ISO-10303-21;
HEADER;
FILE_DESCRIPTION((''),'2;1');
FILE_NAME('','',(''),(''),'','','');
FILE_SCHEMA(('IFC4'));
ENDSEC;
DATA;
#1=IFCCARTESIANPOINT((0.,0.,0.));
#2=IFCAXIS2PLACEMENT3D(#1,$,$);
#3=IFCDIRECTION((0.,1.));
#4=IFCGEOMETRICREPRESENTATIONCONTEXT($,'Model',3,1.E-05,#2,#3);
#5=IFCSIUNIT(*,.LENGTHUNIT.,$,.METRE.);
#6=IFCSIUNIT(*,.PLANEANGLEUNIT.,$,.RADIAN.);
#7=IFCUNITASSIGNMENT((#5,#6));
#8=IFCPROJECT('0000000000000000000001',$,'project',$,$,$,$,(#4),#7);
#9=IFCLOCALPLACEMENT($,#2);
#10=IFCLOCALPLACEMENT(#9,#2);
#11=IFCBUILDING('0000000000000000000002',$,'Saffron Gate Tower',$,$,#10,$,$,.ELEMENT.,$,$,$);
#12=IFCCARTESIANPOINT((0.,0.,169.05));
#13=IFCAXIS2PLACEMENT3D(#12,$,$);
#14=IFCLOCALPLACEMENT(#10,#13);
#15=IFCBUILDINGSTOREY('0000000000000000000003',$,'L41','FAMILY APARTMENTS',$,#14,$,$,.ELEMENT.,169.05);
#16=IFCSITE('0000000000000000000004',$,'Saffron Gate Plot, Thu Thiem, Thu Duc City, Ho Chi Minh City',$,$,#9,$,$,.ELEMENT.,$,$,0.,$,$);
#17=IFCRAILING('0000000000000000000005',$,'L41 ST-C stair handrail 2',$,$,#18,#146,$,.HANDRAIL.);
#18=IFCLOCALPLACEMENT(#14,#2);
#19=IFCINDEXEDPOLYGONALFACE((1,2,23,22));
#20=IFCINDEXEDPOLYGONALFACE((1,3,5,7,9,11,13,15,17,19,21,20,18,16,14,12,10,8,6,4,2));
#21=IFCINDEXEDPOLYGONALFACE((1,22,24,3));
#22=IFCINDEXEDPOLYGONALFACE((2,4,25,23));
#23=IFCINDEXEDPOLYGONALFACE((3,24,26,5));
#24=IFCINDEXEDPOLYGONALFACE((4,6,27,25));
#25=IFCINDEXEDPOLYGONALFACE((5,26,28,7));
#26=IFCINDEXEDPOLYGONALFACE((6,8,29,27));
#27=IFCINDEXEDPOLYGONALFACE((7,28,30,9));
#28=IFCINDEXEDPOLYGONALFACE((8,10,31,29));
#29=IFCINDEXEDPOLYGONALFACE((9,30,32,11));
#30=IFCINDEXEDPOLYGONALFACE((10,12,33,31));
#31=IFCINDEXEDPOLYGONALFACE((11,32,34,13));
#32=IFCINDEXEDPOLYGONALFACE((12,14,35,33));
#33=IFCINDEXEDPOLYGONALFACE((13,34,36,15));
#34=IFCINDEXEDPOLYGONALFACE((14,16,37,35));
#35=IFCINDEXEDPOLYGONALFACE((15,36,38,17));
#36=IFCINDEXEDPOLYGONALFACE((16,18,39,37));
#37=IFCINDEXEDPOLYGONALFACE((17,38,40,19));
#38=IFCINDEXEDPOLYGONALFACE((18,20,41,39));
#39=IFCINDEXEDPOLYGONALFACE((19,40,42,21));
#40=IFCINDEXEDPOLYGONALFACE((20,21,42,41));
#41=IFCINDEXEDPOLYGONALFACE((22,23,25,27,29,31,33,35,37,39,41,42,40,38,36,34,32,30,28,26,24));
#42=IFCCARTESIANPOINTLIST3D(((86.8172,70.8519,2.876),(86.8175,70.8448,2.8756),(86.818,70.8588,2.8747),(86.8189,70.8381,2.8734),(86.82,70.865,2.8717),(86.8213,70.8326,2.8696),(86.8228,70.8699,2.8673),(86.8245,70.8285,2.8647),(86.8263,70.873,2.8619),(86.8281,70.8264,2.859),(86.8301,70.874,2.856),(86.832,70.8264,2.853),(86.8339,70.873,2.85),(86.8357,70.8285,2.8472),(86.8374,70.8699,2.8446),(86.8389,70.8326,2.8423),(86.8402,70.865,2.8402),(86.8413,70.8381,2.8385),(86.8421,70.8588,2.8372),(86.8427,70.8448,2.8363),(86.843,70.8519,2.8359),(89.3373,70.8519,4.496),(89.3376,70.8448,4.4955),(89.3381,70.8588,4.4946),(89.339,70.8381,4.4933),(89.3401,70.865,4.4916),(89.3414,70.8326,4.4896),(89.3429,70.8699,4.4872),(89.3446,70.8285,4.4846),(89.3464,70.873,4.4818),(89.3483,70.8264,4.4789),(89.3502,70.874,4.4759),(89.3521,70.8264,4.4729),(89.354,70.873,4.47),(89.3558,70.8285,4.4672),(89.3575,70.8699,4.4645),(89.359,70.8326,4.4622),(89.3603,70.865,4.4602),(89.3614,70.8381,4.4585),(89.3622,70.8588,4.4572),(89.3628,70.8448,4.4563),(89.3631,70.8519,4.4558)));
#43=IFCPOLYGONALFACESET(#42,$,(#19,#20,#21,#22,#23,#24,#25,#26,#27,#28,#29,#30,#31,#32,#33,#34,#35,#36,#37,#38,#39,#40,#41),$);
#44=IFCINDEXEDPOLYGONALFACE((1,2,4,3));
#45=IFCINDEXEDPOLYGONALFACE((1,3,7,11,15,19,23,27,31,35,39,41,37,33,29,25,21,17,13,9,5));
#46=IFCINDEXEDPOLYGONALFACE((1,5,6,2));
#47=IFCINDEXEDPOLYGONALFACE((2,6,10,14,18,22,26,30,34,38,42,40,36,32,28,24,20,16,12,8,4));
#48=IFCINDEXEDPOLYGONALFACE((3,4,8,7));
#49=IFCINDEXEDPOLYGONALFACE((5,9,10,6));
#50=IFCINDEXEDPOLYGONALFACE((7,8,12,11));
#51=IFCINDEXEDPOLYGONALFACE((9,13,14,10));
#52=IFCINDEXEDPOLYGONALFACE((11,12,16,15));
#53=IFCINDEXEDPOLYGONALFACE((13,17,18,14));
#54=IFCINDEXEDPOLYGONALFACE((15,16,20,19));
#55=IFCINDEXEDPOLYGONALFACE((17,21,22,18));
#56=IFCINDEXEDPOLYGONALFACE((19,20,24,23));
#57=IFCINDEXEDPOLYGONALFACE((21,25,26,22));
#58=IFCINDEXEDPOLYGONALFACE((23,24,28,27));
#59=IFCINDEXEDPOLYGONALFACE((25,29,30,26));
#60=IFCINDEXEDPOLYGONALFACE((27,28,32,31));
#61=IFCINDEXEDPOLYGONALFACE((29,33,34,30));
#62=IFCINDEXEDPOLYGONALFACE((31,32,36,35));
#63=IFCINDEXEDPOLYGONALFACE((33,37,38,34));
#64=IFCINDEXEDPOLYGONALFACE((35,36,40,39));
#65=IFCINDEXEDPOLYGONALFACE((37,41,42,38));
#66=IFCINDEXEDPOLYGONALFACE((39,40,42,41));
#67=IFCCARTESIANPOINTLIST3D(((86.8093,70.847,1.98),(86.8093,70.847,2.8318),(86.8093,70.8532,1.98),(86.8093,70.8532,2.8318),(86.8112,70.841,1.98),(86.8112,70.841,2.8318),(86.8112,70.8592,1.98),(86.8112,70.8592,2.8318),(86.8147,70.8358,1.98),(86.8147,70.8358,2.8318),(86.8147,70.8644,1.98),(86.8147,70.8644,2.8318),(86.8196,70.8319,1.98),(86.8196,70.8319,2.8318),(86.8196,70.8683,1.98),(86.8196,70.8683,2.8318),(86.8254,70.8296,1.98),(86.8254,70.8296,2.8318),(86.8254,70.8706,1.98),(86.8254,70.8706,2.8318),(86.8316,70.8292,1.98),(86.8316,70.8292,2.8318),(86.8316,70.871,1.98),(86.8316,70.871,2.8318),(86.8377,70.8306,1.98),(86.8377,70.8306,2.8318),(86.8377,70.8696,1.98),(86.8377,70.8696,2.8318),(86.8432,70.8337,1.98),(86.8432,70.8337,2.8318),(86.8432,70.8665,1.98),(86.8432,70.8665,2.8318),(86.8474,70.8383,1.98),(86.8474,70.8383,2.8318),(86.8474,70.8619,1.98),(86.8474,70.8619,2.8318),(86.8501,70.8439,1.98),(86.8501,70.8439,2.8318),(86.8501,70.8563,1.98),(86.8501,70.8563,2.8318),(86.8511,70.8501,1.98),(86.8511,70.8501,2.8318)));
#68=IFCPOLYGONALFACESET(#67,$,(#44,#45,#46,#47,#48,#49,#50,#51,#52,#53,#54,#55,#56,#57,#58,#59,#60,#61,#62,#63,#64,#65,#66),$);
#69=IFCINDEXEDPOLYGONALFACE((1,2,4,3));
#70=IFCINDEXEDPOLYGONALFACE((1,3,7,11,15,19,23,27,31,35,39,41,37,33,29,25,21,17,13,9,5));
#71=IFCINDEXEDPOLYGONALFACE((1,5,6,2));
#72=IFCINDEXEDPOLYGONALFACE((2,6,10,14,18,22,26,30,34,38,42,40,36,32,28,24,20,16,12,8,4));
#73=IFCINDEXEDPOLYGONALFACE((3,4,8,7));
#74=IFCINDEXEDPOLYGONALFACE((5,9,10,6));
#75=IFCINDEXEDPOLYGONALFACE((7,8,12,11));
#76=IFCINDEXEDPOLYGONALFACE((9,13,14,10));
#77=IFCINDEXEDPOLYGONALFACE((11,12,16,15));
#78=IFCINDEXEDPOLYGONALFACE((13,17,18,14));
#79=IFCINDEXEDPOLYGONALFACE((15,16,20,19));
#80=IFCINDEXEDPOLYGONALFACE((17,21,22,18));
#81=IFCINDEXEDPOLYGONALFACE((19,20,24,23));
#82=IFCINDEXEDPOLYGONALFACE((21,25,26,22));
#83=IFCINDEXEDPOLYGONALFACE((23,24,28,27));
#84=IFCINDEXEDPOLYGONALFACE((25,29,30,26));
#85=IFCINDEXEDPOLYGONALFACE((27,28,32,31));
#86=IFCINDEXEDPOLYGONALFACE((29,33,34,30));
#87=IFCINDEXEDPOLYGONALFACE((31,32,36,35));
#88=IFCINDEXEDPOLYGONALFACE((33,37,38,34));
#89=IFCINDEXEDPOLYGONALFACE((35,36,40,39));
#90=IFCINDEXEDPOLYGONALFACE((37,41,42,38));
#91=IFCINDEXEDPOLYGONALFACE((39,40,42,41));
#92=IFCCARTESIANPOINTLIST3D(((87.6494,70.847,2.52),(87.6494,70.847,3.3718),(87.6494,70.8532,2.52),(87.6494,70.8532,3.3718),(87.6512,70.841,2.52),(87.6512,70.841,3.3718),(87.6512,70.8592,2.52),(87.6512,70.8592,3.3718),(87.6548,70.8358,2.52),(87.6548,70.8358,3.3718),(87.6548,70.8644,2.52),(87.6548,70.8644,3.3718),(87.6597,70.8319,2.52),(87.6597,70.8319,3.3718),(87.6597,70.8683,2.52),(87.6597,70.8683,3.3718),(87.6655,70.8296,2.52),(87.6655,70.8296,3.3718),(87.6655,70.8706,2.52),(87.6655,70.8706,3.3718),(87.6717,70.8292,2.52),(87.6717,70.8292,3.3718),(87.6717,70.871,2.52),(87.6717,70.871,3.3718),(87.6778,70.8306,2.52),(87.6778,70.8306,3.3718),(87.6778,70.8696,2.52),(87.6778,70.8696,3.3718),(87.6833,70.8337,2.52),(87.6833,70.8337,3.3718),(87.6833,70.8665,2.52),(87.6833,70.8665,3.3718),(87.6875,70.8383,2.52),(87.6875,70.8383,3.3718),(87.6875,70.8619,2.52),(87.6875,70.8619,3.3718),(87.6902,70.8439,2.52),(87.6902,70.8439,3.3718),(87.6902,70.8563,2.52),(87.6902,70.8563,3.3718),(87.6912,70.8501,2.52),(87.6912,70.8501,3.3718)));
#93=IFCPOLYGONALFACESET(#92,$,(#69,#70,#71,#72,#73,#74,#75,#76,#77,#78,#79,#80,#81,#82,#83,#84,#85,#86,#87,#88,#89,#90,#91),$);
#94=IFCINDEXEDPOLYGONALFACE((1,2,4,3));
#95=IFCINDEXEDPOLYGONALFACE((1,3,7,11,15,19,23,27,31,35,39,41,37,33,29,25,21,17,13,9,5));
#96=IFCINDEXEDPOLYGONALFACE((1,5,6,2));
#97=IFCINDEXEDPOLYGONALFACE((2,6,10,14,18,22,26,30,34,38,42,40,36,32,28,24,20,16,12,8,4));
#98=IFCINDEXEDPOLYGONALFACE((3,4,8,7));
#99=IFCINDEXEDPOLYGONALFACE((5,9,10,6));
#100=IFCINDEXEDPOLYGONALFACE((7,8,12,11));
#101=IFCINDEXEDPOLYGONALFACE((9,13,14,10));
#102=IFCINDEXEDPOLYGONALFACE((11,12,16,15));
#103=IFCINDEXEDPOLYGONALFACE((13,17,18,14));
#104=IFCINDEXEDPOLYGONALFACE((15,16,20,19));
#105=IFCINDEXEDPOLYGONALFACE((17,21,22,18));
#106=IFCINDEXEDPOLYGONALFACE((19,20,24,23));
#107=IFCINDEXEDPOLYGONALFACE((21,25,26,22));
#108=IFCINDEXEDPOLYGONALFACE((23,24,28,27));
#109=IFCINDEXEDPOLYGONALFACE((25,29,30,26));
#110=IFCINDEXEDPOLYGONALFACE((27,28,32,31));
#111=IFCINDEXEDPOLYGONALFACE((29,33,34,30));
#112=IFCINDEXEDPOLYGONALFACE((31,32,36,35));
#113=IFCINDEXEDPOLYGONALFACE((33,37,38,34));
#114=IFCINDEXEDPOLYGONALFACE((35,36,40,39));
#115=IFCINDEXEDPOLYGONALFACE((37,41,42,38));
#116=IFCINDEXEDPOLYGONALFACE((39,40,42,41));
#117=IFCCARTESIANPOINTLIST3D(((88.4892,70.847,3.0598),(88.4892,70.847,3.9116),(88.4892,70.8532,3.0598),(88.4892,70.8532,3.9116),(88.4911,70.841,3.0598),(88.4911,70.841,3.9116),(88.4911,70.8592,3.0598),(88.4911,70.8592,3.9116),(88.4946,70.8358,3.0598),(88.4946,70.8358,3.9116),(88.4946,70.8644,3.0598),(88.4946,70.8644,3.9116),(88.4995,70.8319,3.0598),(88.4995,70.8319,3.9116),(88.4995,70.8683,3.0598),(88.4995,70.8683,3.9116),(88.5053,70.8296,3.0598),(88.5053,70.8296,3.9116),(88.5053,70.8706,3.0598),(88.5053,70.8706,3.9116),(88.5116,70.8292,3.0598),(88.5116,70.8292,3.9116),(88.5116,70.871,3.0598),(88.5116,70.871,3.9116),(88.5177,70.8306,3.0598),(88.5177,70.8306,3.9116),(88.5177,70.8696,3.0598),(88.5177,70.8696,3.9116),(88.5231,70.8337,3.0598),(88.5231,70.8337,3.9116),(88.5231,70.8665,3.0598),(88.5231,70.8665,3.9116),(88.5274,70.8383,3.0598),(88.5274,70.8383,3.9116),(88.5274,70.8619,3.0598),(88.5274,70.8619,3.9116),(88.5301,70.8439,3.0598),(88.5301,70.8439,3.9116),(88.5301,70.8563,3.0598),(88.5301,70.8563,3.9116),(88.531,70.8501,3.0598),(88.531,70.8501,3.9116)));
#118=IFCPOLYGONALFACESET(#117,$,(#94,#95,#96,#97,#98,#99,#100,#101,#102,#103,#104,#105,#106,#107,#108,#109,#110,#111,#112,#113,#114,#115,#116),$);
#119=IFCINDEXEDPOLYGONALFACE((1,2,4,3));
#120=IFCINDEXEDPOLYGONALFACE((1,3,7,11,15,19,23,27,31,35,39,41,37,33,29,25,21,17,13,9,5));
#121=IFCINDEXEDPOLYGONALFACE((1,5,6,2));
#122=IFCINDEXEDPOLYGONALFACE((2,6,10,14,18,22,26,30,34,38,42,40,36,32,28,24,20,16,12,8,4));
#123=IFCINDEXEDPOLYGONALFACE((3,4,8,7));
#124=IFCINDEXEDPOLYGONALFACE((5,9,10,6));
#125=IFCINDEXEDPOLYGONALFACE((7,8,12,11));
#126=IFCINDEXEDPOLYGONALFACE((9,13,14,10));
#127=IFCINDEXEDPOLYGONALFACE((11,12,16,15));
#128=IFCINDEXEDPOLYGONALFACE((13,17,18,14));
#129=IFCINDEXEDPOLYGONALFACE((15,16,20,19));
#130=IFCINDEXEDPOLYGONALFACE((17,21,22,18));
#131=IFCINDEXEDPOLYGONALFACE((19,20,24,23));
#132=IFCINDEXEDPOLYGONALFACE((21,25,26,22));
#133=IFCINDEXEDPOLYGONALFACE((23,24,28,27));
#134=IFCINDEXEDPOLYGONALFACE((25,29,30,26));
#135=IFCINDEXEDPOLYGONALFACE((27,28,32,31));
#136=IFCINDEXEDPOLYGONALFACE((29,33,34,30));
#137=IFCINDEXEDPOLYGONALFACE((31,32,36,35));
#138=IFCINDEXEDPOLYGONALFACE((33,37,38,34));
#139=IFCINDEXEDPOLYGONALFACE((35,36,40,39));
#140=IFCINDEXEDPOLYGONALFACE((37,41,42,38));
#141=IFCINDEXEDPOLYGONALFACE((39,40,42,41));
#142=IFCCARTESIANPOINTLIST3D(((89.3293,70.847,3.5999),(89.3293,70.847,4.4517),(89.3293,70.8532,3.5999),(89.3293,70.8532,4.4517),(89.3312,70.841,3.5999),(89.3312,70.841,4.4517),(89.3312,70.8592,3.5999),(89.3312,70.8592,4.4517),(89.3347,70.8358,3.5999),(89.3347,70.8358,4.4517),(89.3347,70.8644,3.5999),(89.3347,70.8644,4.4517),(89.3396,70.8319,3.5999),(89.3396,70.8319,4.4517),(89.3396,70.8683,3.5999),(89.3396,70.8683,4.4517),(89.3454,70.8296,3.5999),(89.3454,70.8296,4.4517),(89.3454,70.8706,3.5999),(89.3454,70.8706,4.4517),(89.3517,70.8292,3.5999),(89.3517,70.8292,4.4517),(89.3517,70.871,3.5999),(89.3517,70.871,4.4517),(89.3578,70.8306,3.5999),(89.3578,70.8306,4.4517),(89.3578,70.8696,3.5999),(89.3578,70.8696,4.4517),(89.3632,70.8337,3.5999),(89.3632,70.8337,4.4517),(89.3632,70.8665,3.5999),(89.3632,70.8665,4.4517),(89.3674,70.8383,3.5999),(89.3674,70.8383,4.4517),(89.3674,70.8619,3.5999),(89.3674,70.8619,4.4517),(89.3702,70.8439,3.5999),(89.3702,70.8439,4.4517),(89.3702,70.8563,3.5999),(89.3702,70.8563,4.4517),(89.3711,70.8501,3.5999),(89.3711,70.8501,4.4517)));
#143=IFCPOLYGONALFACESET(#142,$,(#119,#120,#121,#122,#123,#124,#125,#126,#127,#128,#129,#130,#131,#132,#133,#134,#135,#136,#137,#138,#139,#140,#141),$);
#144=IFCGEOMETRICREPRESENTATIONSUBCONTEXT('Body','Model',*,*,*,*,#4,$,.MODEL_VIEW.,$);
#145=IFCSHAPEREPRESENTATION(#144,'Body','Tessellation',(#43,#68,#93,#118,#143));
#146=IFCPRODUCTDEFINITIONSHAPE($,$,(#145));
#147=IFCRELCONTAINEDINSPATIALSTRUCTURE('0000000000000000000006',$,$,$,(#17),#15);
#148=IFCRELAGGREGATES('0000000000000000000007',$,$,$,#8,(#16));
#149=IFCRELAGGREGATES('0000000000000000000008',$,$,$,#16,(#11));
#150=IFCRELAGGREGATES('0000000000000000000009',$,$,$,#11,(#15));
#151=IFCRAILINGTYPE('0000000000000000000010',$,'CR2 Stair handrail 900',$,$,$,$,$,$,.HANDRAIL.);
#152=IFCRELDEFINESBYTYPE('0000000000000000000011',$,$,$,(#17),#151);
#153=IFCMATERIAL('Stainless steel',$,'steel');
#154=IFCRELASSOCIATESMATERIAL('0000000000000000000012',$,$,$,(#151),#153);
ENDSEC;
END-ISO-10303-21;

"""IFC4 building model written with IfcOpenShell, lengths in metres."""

from ifc_helpers import new_model, si_unit, direction, frame, origin, origin_2d, place, context, subcontext, project, spatial, circle, extrude, material, type_object, element, save


model = new_model("IFC4")

# Units and contexts
model_context = context("Model", 3, precision=1e-05, world=origin(), true_north=direction((0.0, 1.0)))
body_context = subcontext(model_context, "Body", "Model", "MODEL_VIEW")
ifc_project = project(units=[si_unit("LENGTHUNIT", "METRE"), si_unit("PLANEANGLEUNIT", "RADIAN")], contexts=[model_context])

# Site, building, storey
site_placement = place(None, origin())
site = spatial("IfcSite", under=ifc_project, at=site_placement, Name="Saffron Gate Plot, Thu Thiem, Thu Duc City, Ho Chi Minh City", CompositionType="ELEMENT", RefElevation=0.0)
building_placement = place(site_placement, origin())
building = spatial("IfcBuilding", under=site, at=building_placement, Name="Saffron Gate Tower", CompositionType="ELEMENT")
storey_placement = place(building_placement, frame((0.0, 0.0, 169.05)))
storey = spatial("IfcBuildingStorey", under=building, at=storey_placement, Name="L41", Description="FAMILY APARTMENTS", CompositionType="ELEMENT", Elevation=169.05)

# Railing
ifc_material_1 = material(Name="Stainless steel", Category="steel")
railing_type_1 = type_object("IfcRailingType", Name="CR2 Stair handrail 900", PredefinedType="HANDRAIL", material=ifc_material_1)
railing_1_placement = place(storey_placement, frame((86.8301, 70.8501, 1.98)))
element("IfcRailing", 1, at=railing_1_placement, inside=storey, type_object=railing_type_1, Name="L41 ST-C stair handrail 2", PredefinedType="HANDRAIL", context=body_context, shape_type="SweptSolid", body=[
    extrude(circle(Radius=0.0239, at=origin_2d()), frame((0.0, 0.0, 0.876), z_axis=(0.8412, 0.0, 0.540725), x_axis=(0.0, 1.0, 0.0)), (0.0, 0.0, 1.0), 2.9958),
    extrude(circle(Radius=0.021, at=origin_2d()), origin(), (0.0, 0.0, 1.0), 0.8518),
    extrude(circle(Radius=0.021, at=origin_2d()), frame((0.8401, 0.0, 0.54)), (0.0, 0.0, 1.0), 0.8518),
    extrude(circle(Radius=0.021, at=origin_2d()), frame((1.6799, 0.0, 1.0798)), (0.0, 0.0, 1.0), 0.8518),
    extrude(circle(Radius=0.021, at=origin_2d()), frame((2.52, 0.0, 1.6199)), (0.0, 0.0, 1.0), 0.8518),
])

save(model, "model.ifc")
